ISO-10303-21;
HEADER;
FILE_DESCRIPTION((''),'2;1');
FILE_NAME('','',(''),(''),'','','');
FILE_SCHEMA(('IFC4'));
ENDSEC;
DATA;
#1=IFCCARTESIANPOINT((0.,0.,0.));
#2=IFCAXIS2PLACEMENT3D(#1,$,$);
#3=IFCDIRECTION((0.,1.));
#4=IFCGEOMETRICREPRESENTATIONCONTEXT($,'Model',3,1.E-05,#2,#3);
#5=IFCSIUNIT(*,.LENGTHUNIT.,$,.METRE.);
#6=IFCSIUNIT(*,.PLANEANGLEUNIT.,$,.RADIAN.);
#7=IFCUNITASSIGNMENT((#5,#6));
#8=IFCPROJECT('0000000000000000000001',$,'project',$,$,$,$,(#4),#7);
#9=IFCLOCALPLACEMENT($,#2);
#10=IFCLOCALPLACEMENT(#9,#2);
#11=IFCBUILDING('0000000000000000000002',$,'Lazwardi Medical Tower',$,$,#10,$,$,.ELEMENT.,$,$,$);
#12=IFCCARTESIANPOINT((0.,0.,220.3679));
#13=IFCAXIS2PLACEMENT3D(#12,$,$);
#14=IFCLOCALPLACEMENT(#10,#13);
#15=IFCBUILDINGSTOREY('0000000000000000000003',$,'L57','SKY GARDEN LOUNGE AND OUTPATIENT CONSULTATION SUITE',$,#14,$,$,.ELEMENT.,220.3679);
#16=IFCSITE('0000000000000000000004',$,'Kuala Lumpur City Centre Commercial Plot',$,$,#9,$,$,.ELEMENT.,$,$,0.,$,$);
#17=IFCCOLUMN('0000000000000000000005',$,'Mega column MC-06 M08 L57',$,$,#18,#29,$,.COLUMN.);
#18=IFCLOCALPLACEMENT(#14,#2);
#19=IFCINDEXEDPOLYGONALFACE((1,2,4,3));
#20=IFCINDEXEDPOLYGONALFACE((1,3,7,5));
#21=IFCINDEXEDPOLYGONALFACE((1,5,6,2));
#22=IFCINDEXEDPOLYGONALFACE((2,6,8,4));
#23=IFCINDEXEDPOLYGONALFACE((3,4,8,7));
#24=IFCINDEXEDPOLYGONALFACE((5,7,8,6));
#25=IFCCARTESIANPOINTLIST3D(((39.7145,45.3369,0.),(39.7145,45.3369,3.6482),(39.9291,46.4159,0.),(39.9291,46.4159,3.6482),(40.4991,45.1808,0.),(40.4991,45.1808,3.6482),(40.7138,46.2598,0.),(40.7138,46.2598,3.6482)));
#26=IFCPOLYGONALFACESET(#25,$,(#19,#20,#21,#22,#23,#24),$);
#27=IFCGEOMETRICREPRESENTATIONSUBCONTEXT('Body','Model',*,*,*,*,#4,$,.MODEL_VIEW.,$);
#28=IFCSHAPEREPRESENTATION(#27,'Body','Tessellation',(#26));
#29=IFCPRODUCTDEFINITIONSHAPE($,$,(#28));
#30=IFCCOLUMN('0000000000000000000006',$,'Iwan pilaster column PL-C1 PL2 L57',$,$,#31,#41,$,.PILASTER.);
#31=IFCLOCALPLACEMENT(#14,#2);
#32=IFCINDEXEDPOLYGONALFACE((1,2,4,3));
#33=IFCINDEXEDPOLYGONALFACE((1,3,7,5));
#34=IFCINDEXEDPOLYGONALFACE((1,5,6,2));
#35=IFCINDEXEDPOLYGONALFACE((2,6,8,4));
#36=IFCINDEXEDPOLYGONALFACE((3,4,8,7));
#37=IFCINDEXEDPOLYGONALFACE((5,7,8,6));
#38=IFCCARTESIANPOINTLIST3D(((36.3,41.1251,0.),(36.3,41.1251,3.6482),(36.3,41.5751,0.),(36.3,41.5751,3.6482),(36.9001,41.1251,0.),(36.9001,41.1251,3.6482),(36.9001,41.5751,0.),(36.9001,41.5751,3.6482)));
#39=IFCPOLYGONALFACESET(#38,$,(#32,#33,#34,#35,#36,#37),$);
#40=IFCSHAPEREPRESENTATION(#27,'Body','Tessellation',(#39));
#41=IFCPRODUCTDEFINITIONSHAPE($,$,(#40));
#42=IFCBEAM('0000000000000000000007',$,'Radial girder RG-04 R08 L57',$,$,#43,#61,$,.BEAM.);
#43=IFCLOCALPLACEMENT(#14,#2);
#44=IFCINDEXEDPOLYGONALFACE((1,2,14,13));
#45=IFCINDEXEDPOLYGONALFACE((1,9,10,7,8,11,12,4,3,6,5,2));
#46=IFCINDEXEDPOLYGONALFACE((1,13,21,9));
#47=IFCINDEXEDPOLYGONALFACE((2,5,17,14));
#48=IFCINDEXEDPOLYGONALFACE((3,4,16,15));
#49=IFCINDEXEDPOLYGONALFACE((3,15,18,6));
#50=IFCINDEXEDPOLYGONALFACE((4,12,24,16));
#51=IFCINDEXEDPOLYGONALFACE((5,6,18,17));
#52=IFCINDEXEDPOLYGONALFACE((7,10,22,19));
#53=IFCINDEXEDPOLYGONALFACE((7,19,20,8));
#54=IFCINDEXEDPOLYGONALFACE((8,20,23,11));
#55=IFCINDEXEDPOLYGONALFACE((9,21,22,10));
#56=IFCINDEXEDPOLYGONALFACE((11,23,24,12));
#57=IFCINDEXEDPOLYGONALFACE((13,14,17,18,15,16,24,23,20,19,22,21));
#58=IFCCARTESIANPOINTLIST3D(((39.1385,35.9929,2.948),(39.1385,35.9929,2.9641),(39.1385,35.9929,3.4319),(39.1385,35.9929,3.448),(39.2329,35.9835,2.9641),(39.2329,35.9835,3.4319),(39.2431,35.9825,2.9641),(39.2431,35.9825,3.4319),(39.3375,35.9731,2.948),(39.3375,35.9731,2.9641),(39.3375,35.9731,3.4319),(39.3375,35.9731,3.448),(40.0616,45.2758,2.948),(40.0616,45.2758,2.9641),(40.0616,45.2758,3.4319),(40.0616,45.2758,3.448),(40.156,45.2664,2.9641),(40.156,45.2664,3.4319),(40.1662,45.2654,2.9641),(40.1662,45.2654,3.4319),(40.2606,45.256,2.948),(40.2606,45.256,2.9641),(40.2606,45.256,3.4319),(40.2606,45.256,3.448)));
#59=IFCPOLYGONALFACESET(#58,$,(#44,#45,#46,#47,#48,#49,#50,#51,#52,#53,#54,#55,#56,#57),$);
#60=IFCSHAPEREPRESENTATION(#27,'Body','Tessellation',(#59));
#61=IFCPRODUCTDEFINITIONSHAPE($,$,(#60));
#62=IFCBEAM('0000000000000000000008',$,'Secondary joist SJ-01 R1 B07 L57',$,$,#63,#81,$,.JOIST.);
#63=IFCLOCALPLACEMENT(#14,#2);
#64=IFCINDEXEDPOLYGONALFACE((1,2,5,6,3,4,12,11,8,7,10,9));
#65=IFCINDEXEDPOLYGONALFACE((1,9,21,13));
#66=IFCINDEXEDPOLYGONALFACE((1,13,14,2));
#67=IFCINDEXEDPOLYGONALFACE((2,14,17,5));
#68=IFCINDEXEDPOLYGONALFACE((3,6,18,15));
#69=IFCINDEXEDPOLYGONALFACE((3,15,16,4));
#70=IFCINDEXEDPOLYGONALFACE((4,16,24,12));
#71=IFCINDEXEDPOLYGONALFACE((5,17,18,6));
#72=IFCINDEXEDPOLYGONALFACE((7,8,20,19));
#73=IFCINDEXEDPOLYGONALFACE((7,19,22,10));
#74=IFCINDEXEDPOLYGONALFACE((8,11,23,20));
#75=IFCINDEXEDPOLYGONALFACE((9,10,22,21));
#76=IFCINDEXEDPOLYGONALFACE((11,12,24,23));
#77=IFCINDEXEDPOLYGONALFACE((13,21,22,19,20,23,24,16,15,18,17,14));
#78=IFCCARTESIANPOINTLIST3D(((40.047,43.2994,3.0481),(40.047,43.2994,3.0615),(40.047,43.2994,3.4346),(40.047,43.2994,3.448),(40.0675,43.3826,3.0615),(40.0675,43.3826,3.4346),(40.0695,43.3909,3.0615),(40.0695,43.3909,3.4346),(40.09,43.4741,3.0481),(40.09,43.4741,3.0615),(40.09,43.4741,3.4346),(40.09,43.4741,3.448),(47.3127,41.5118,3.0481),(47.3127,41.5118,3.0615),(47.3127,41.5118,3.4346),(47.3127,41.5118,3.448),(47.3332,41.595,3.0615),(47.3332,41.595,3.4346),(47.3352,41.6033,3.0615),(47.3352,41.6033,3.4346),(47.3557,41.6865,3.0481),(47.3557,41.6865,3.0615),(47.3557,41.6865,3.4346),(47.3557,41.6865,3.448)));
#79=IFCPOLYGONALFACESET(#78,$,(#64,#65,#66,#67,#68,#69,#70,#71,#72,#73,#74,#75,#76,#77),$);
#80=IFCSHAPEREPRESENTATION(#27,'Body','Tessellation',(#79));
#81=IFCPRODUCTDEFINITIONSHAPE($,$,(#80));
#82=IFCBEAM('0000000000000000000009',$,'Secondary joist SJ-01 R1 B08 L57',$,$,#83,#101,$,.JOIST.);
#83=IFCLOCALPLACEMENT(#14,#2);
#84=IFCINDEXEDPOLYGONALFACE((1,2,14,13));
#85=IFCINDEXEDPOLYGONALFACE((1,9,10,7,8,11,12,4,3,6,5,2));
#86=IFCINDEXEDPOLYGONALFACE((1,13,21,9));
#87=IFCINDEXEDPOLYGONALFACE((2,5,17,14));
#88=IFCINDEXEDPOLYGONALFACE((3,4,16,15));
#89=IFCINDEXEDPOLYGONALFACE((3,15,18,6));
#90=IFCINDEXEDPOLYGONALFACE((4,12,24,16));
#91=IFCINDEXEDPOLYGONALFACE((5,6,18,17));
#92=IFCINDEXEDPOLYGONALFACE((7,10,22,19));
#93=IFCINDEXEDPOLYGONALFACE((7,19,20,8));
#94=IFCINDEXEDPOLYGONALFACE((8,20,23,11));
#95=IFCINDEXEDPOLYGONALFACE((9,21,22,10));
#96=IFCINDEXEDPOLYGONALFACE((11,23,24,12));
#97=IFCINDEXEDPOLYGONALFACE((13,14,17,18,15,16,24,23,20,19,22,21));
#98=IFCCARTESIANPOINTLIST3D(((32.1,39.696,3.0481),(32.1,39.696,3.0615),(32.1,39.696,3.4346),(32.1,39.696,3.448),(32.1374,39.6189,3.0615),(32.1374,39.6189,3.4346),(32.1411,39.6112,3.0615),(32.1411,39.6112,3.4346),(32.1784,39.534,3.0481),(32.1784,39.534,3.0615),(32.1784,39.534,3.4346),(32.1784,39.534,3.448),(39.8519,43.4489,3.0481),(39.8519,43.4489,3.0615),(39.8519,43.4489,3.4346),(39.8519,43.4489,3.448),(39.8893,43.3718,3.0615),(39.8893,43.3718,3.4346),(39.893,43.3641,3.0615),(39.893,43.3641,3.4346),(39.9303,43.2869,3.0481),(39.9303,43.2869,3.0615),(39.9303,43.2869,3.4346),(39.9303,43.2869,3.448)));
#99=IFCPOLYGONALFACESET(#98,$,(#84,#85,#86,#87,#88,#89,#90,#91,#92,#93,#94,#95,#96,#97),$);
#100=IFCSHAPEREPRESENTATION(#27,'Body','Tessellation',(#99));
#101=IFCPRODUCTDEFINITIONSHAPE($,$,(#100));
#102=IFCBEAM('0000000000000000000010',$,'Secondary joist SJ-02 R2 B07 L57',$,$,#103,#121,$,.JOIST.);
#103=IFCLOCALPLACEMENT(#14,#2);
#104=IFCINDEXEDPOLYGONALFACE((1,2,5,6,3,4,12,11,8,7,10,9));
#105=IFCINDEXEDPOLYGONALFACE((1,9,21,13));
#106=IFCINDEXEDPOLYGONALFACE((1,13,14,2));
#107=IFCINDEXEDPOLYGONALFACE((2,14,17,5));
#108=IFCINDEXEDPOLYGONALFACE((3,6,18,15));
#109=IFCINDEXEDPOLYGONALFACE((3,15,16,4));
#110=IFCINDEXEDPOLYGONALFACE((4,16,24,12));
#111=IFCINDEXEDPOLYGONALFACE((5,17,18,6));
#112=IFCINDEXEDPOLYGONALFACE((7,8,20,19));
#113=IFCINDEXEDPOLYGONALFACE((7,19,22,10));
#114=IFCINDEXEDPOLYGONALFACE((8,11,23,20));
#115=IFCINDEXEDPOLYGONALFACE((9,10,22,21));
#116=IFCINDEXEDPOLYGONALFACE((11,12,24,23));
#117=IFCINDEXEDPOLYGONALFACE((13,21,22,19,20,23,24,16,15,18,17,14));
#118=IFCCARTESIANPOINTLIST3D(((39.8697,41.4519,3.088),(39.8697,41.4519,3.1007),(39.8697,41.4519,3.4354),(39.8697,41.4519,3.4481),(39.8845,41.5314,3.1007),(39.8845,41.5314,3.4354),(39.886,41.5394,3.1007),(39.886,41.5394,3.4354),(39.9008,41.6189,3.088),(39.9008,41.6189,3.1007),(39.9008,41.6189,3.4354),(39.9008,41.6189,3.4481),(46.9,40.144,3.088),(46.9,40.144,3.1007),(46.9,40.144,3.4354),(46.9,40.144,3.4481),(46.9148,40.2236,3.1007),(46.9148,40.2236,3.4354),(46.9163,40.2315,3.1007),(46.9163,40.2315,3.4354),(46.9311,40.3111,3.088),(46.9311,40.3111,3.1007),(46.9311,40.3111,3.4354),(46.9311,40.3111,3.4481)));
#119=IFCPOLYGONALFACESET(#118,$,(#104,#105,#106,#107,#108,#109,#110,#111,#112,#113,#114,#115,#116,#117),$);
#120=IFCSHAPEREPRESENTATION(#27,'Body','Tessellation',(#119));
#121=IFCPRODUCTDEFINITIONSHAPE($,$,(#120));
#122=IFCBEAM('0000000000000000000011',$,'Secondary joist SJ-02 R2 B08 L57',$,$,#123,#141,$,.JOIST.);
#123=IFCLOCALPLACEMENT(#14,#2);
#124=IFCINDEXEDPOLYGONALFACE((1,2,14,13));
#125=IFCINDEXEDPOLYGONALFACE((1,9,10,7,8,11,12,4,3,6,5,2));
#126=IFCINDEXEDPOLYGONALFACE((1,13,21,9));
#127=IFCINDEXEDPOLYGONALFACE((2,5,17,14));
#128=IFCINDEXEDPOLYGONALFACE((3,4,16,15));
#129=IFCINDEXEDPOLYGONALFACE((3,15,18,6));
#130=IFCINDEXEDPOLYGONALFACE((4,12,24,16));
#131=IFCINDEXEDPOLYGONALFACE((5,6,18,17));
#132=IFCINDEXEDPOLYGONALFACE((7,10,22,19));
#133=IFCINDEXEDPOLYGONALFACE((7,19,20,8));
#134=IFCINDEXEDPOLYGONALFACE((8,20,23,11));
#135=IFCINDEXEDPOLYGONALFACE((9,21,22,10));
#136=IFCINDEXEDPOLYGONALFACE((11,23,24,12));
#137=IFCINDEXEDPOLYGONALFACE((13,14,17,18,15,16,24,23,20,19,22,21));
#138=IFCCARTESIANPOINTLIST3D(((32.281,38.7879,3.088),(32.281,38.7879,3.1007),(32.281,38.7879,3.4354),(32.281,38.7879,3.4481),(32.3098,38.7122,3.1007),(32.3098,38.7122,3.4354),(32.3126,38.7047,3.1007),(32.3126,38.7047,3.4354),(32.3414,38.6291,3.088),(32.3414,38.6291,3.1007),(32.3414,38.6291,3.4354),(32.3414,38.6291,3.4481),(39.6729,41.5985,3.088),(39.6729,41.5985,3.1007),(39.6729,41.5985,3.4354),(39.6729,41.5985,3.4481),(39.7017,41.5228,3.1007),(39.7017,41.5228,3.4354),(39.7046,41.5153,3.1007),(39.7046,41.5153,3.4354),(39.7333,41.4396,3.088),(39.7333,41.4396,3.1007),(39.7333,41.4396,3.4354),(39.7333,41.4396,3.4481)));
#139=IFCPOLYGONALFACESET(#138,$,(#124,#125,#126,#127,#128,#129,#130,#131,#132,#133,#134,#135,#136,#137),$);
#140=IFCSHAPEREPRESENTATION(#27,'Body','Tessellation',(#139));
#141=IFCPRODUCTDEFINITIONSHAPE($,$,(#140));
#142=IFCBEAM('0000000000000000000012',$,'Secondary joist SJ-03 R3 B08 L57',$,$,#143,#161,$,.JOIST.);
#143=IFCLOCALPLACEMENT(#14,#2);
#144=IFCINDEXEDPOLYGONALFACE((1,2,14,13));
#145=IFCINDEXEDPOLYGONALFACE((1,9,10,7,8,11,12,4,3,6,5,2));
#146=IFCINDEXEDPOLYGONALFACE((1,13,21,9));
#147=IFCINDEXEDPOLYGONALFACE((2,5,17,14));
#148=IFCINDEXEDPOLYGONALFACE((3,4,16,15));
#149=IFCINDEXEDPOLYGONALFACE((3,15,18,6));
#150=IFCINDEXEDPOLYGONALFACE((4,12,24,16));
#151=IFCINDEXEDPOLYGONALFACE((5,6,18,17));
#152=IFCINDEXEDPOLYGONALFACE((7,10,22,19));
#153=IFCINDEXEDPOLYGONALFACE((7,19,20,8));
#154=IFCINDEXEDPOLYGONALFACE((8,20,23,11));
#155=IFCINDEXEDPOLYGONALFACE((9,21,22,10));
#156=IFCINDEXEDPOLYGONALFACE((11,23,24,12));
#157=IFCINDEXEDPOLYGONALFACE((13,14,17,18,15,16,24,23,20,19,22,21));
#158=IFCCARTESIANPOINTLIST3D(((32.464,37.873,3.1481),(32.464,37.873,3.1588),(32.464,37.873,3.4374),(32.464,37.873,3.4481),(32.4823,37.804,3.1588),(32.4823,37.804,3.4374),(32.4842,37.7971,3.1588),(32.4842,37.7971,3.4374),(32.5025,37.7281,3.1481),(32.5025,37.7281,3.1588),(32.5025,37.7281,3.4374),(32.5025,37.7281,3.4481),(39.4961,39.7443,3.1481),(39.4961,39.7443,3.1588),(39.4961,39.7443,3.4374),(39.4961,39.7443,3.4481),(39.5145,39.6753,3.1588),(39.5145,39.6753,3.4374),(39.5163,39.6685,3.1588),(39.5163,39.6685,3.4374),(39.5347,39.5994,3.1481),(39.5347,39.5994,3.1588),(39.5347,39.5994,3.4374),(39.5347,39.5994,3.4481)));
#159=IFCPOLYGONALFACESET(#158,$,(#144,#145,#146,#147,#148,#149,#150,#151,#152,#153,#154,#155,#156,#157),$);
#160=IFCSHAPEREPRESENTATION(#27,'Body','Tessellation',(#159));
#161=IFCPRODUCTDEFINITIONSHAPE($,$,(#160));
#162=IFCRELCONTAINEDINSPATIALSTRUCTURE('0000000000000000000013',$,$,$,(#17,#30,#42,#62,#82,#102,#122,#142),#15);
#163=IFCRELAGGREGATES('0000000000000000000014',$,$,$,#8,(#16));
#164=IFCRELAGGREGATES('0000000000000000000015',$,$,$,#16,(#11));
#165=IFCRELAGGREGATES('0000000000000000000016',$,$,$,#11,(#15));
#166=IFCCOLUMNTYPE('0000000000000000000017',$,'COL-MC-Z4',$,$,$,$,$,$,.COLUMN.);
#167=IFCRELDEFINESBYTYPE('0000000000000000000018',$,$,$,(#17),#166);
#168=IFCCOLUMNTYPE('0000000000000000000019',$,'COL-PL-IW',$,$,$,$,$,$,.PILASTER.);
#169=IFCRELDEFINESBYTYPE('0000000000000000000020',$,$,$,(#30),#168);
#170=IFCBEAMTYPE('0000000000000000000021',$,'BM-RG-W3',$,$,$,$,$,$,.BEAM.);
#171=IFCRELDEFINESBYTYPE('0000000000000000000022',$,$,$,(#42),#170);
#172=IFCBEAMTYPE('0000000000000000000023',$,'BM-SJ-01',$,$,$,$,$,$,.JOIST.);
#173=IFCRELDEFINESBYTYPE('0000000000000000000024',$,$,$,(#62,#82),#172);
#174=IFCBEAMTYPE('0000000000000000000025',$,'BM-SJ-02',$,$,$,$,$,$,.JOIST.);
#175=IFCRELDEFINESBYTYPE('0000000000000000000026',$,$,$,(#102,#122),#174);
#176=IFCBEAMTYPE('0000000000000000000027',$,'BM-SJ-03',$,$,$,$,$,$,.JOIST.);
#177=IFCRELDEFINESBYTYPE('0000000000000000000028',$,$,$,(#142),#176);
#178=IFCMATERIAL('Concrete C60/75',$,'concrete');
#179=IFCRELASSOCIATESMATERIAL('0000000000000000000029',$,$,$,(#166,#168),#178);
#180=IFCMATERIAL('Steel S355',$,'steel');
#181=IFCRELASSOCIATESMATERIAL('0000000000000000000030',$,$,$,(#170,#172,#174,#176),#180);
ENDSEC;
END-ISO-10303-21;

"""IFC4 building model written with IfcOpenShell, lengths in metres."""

from ifc_helpers import new_model, si_unit, direction, frame, origin, origin_2d, place, context, subcontext, project, spatial, rectangle, i_section, extrude, material, material_profile, profile_set, type_object, element, save


model = new_model("IFC4")

# Units and contexts
model_context = context("Model", 3, precision=1e-05, world=origin(), true_north=direction((0.0, 1.0)))
body_context = subcontext(model_context, "Body", "Model", "MODEL_VIEW")
ifc_project = project(units=[si_unit("LENGTHUNIT", "METRE"), si_unit("PLANEANGLEUNIT", "RADIAN")], contexts=[model_context])

# Site, building, storey
site_placement = place(None, origin())
site = spatial("IfcSite", under=ifc_project, at=site_placement, Name="Kuala Lumpur City Centre Commercial Plot", CompositionType="ELEMENT", RefElevation=0.0)
building_placement = place(site_placement, origin())
building = spatial("IfcBuilding", under=site, at=building_placement, Name="Lazwardi Medical Tower", CompositionType="ELEMENT")
storey_placement = place(building_placement, frame((0.0, 0.0, 220.3679)))
storey = spatial("IfcBuildingStorey", under=building, at=storey_placement, Name="L57", Description="SKY GARDEN LOUNGE AND OUTPATIENT CONSULTATION SUITE", CompositionType="ELEMENT", Elevation=220.3679)

# Columns
ifc_material_1 = material(Name="Concrete C60/75", Category="concrete")
ifc_material_profile_1 = material_profile(ifc_material_1, rectangle(XDim=1.1001, YDim=0.8, at=origin_2d()), Name="CFT-RECT 1100x800")
ifc_profile_set_1 = profile_set([ifc_material_profile_1], Name="Concrete C60/75")
column_type_1 = type_object("IfcColumnType", Name="COL-MC-Z4", PredefinedType="COLUMN", material=ifc_profile_set_1)
column_1_placement = place(storey_placement, frame((40.2141, 45.7983, 0.0), z_axis=(0.0, 0.0, 1.0), x_axis=(0.19509, 0.980785, 0.0)))
element("IfcColumn", 1, at=column_1_placement, inside=storey, type_object=column_type_1, Name="Mega column MC-06 M08 L57", PredefinedType="COLUMN", context=body_context, shape_type="SweptSolid", body=[
    extrude(rectangle(XDim=1.1001, YDim=0.8, at=origin_2d()), origin(), (0.0, 0.0, 1.0), 3.6482),
])
ifc_material_profile_2 = material_profile(ifc_material_1, rectangle(XDim=0.6001, YDim=0.45, at=origin_2d()), Name="RC 600x450")
ifc_profile_set_2 = profile_set([ifc_material_profile_2], Name="Concrete C60/75")
column_type_2 = type_object("IfcColumnType", Name="COL-PL-IW", PredefinedType="PILASTER", material=ifc_profile_set_2)
column_2_placement = place(storey_placement, frame((36.6001, 41.3501, 0.0), z_axis=(0.0, 0.0, 1.0), x_axis=(1.0, 0.0, 0.0)))
element("IfcColumn", 2, at=column_2_placement, inside=storey, type_object=column_type_2, Name="Iwan pilaster column PL-C1 PL2 L57", PredefinedType="PILASTER", context=body_context, shape_type="SweptSolid", body=[
    extrude(rectangle(XDim=0.6001, YDim=0.45, at=origin_2d()), origin(), (0.0, 0.0, 1.0), 3.6482),
])

# Beams
ifc_material_2 = material(Name="Steel S355", Category="steel")
ifc_material_profile_3 = material_profile(ifc_material_2, i_section(OverallWidth=0.2, OverallDepth=0.5, WebThickness=0.0103, FlangeThickness=0.0161, at=origin_2d()), Name="IPE 500")
ifc_profile_set_3 = profile_set([ifc_material_profile_3], Name="Steel S355")
beam_type_1 = type_object("IfcBeamType", Name="BM-RG-W3", PredefinedType="BEAM", material=ifc_profile_set_3)
beam_1_placement = place(storey_placement, frame((40.1611, 45.2659, 3.198), z_axis=(-0.098954, -0.995092, 0.0), x_axis=(0.995092, -0.098954, 0.0)))
element("IfcBeam", 3, at=beam_1_placement, inside=storey, type_object=beam_type_1, Name="Radial girder RG-04 R08 L57", PredefinedType="BEAM", context=body_context, shape_type="SweptSolid", body=[
    extrude(i_section(OverallWidth=0.2, OverallDepth=0.5, WebThickness=0.0103, FlangeThickness=0.0161, at=origin_2d()), origin(), (0.0, 0.0, 1.0), 9.3286),
])
ifc_material_profile_4 = material_profile(ifc_material_2, i_section(OverallWidth=0.1799, OverallDepth=0.3999, WebThickness=0.0085, FlangeThickness=0.0134, at=origin_2d()), Name="IPE 400")
ifc_profile_set_4 = profile_set([ifc_material_profile_4], Name="Steel S355")
beam_type_2 = type_object("IfcBeamType", Name="BM-SJ-01", PredefinedType="JOIST", material=ifc_profile_set_4)
beam_2_placement = place(storey_placement, frame((47.3342, 41.5991, 3.248), z_axis=(-0.971042, 0.23891, 0.0), x_axis=(-0.23891, -0.971042, 0.0)))
element("IfcBeam", 4, at=beam_2_placement, inside=storey, type_object=beam_type_2, Name="Secondary joist SJ-01 R1 B07 L57", PredefinedType="JOIST", context=body_context, shape_type="SweptSolid", body=[
    extrude(i_section(OverallWidth=0.1799, OverallDepth=0.3999, WebThickness=0.0085, FlangeThickness=0.0134, at=origin_2d()), origin(), (0.0, 0.0, 1.0), 7.4824),
])
beam_3_placement = place(storey_placement, frame((39.8911, 43.3679, 3.248), z_axis=(-0.900069, -0.435748, 0.0), x_axis=(0.435748, -0.900069, 0.0)))
element("IfcBeam", 5, at=beam_3_placement, inside=storey, type_object=beam_type_2, Name="Secondary joist SJ-01 R1 B08 L57", PredefinedType="JOIST", context=body_context, shape_type="SweptSolid", body=[
    extrude(i_section(OverallWidth=0.1799, OverallDepth=0.3999, WebThickness=0.0085, FlangeThickness=0.0134, at=origin_2d()), origin(), (0.0, 0.0, 1.0), 8.6125),
])
ifc_material_profile_5 = material_profile(ifc_material_2, i_section(OverallWidth=0.1699, OverallDepth=0.3601, WebThickness=0.0081, FlangeThickness=0.0127, at=origin_2d()), Name="IPE 360")
ifc_profile_set_5 = profile_set([ifc_material_profile_5], Name="Steel S355")
beam_type_3 = type_object("IfcBeamType", Name="BM-SJ-02", PredefinedType="JOIST", material=ifc_profile_set_5)
beam_4_placement = place(storey_placement, frame((46.9155, 40.2275, 3.2681), z_axis=(-0.983132, 0.182895, 0.0), x_axis=(-0.182895, -0.983132, 0.0)))
element("IfcBeam", 6, at=beam_4_placement, inside=storey, type_object=beam_type_3, Name="Secondary joist SJ-02 R2 B07 L57", PredefinedType="JOIST", context=body_context, shape_type="SweptSolid", body=[
    extrude(i_section(OverallWidth=0.1699, OverallDepth=0.3601, WebThickness=0.0081, FlangeThickness=0.0127, at=origin_2d()), origin(), (0.0, 0.0, 1.0), 7.1509),
])
beam_5_placement = place(storey_placement, frame((39.7031, 41.519, 3.2681), z_axis=(-0.934714, -0.3554, 0.0), x_axis=(0.3554, -0.934714, 0.0)))
element("IfcBeam", 7, at=beam_5_placement, inside=storey, type_object=beam_type_3, Name="Secondary joist SJ-02 R2 B08 L57", PredefinedType="JOIST", context=body_context, shape_type="SweptSolid", body=[
    extrude(i_section(OverallWidth=0.1699, OverallDepth=0.3601, WebThickness=0.0081, FlangeThickness=0.0127, at=origin_2d()), origin(), (0.0, 0.0, 1.0), 7.9082),
])
ifc_material_profile_6 = material_profile(ifc_material_2, i_section(OverallWidth=0.1499, OverallDepth=0.3, WebThickness=0.0071, FlangeThickness=0.0107, at=origin_2d()), Name="IPE 300")
ifc_profile_set_6 = profile_set([ifc_material_profile_6], Name="Steel S355")
beam_type_4 = type_object("IfcBeamType", Name="BM-SJ-03", PredefinedType="JOIST", material=ifc_profile_set_6)
beam_6_placement = place(storey_placement, frame((39.5154, 39.6719, 3.2981), z_axis=(-0.966369, -0.257159, 0.0), x_axis=(0.257159, -0.966369, 0.0)))
element("IfcBeam", 8, at=beam_6_placement, inside=storey, type_object=beam_type_4, Name="Secondary joist SJ-03 R3 B08 L57", PredefinedType="JOIST", context=body_context, shape_type="SweptSolid", body=[
    extrude(i_section(OverallWidth=0.1499, OverallDepth=0.3, WebThickness=0.0071, FlangeThickness=0.0107, at=origin_2d()), origin(), (0.0, 0.0, 1.0), 7.2769),
])

save(model, "model.ifc")
